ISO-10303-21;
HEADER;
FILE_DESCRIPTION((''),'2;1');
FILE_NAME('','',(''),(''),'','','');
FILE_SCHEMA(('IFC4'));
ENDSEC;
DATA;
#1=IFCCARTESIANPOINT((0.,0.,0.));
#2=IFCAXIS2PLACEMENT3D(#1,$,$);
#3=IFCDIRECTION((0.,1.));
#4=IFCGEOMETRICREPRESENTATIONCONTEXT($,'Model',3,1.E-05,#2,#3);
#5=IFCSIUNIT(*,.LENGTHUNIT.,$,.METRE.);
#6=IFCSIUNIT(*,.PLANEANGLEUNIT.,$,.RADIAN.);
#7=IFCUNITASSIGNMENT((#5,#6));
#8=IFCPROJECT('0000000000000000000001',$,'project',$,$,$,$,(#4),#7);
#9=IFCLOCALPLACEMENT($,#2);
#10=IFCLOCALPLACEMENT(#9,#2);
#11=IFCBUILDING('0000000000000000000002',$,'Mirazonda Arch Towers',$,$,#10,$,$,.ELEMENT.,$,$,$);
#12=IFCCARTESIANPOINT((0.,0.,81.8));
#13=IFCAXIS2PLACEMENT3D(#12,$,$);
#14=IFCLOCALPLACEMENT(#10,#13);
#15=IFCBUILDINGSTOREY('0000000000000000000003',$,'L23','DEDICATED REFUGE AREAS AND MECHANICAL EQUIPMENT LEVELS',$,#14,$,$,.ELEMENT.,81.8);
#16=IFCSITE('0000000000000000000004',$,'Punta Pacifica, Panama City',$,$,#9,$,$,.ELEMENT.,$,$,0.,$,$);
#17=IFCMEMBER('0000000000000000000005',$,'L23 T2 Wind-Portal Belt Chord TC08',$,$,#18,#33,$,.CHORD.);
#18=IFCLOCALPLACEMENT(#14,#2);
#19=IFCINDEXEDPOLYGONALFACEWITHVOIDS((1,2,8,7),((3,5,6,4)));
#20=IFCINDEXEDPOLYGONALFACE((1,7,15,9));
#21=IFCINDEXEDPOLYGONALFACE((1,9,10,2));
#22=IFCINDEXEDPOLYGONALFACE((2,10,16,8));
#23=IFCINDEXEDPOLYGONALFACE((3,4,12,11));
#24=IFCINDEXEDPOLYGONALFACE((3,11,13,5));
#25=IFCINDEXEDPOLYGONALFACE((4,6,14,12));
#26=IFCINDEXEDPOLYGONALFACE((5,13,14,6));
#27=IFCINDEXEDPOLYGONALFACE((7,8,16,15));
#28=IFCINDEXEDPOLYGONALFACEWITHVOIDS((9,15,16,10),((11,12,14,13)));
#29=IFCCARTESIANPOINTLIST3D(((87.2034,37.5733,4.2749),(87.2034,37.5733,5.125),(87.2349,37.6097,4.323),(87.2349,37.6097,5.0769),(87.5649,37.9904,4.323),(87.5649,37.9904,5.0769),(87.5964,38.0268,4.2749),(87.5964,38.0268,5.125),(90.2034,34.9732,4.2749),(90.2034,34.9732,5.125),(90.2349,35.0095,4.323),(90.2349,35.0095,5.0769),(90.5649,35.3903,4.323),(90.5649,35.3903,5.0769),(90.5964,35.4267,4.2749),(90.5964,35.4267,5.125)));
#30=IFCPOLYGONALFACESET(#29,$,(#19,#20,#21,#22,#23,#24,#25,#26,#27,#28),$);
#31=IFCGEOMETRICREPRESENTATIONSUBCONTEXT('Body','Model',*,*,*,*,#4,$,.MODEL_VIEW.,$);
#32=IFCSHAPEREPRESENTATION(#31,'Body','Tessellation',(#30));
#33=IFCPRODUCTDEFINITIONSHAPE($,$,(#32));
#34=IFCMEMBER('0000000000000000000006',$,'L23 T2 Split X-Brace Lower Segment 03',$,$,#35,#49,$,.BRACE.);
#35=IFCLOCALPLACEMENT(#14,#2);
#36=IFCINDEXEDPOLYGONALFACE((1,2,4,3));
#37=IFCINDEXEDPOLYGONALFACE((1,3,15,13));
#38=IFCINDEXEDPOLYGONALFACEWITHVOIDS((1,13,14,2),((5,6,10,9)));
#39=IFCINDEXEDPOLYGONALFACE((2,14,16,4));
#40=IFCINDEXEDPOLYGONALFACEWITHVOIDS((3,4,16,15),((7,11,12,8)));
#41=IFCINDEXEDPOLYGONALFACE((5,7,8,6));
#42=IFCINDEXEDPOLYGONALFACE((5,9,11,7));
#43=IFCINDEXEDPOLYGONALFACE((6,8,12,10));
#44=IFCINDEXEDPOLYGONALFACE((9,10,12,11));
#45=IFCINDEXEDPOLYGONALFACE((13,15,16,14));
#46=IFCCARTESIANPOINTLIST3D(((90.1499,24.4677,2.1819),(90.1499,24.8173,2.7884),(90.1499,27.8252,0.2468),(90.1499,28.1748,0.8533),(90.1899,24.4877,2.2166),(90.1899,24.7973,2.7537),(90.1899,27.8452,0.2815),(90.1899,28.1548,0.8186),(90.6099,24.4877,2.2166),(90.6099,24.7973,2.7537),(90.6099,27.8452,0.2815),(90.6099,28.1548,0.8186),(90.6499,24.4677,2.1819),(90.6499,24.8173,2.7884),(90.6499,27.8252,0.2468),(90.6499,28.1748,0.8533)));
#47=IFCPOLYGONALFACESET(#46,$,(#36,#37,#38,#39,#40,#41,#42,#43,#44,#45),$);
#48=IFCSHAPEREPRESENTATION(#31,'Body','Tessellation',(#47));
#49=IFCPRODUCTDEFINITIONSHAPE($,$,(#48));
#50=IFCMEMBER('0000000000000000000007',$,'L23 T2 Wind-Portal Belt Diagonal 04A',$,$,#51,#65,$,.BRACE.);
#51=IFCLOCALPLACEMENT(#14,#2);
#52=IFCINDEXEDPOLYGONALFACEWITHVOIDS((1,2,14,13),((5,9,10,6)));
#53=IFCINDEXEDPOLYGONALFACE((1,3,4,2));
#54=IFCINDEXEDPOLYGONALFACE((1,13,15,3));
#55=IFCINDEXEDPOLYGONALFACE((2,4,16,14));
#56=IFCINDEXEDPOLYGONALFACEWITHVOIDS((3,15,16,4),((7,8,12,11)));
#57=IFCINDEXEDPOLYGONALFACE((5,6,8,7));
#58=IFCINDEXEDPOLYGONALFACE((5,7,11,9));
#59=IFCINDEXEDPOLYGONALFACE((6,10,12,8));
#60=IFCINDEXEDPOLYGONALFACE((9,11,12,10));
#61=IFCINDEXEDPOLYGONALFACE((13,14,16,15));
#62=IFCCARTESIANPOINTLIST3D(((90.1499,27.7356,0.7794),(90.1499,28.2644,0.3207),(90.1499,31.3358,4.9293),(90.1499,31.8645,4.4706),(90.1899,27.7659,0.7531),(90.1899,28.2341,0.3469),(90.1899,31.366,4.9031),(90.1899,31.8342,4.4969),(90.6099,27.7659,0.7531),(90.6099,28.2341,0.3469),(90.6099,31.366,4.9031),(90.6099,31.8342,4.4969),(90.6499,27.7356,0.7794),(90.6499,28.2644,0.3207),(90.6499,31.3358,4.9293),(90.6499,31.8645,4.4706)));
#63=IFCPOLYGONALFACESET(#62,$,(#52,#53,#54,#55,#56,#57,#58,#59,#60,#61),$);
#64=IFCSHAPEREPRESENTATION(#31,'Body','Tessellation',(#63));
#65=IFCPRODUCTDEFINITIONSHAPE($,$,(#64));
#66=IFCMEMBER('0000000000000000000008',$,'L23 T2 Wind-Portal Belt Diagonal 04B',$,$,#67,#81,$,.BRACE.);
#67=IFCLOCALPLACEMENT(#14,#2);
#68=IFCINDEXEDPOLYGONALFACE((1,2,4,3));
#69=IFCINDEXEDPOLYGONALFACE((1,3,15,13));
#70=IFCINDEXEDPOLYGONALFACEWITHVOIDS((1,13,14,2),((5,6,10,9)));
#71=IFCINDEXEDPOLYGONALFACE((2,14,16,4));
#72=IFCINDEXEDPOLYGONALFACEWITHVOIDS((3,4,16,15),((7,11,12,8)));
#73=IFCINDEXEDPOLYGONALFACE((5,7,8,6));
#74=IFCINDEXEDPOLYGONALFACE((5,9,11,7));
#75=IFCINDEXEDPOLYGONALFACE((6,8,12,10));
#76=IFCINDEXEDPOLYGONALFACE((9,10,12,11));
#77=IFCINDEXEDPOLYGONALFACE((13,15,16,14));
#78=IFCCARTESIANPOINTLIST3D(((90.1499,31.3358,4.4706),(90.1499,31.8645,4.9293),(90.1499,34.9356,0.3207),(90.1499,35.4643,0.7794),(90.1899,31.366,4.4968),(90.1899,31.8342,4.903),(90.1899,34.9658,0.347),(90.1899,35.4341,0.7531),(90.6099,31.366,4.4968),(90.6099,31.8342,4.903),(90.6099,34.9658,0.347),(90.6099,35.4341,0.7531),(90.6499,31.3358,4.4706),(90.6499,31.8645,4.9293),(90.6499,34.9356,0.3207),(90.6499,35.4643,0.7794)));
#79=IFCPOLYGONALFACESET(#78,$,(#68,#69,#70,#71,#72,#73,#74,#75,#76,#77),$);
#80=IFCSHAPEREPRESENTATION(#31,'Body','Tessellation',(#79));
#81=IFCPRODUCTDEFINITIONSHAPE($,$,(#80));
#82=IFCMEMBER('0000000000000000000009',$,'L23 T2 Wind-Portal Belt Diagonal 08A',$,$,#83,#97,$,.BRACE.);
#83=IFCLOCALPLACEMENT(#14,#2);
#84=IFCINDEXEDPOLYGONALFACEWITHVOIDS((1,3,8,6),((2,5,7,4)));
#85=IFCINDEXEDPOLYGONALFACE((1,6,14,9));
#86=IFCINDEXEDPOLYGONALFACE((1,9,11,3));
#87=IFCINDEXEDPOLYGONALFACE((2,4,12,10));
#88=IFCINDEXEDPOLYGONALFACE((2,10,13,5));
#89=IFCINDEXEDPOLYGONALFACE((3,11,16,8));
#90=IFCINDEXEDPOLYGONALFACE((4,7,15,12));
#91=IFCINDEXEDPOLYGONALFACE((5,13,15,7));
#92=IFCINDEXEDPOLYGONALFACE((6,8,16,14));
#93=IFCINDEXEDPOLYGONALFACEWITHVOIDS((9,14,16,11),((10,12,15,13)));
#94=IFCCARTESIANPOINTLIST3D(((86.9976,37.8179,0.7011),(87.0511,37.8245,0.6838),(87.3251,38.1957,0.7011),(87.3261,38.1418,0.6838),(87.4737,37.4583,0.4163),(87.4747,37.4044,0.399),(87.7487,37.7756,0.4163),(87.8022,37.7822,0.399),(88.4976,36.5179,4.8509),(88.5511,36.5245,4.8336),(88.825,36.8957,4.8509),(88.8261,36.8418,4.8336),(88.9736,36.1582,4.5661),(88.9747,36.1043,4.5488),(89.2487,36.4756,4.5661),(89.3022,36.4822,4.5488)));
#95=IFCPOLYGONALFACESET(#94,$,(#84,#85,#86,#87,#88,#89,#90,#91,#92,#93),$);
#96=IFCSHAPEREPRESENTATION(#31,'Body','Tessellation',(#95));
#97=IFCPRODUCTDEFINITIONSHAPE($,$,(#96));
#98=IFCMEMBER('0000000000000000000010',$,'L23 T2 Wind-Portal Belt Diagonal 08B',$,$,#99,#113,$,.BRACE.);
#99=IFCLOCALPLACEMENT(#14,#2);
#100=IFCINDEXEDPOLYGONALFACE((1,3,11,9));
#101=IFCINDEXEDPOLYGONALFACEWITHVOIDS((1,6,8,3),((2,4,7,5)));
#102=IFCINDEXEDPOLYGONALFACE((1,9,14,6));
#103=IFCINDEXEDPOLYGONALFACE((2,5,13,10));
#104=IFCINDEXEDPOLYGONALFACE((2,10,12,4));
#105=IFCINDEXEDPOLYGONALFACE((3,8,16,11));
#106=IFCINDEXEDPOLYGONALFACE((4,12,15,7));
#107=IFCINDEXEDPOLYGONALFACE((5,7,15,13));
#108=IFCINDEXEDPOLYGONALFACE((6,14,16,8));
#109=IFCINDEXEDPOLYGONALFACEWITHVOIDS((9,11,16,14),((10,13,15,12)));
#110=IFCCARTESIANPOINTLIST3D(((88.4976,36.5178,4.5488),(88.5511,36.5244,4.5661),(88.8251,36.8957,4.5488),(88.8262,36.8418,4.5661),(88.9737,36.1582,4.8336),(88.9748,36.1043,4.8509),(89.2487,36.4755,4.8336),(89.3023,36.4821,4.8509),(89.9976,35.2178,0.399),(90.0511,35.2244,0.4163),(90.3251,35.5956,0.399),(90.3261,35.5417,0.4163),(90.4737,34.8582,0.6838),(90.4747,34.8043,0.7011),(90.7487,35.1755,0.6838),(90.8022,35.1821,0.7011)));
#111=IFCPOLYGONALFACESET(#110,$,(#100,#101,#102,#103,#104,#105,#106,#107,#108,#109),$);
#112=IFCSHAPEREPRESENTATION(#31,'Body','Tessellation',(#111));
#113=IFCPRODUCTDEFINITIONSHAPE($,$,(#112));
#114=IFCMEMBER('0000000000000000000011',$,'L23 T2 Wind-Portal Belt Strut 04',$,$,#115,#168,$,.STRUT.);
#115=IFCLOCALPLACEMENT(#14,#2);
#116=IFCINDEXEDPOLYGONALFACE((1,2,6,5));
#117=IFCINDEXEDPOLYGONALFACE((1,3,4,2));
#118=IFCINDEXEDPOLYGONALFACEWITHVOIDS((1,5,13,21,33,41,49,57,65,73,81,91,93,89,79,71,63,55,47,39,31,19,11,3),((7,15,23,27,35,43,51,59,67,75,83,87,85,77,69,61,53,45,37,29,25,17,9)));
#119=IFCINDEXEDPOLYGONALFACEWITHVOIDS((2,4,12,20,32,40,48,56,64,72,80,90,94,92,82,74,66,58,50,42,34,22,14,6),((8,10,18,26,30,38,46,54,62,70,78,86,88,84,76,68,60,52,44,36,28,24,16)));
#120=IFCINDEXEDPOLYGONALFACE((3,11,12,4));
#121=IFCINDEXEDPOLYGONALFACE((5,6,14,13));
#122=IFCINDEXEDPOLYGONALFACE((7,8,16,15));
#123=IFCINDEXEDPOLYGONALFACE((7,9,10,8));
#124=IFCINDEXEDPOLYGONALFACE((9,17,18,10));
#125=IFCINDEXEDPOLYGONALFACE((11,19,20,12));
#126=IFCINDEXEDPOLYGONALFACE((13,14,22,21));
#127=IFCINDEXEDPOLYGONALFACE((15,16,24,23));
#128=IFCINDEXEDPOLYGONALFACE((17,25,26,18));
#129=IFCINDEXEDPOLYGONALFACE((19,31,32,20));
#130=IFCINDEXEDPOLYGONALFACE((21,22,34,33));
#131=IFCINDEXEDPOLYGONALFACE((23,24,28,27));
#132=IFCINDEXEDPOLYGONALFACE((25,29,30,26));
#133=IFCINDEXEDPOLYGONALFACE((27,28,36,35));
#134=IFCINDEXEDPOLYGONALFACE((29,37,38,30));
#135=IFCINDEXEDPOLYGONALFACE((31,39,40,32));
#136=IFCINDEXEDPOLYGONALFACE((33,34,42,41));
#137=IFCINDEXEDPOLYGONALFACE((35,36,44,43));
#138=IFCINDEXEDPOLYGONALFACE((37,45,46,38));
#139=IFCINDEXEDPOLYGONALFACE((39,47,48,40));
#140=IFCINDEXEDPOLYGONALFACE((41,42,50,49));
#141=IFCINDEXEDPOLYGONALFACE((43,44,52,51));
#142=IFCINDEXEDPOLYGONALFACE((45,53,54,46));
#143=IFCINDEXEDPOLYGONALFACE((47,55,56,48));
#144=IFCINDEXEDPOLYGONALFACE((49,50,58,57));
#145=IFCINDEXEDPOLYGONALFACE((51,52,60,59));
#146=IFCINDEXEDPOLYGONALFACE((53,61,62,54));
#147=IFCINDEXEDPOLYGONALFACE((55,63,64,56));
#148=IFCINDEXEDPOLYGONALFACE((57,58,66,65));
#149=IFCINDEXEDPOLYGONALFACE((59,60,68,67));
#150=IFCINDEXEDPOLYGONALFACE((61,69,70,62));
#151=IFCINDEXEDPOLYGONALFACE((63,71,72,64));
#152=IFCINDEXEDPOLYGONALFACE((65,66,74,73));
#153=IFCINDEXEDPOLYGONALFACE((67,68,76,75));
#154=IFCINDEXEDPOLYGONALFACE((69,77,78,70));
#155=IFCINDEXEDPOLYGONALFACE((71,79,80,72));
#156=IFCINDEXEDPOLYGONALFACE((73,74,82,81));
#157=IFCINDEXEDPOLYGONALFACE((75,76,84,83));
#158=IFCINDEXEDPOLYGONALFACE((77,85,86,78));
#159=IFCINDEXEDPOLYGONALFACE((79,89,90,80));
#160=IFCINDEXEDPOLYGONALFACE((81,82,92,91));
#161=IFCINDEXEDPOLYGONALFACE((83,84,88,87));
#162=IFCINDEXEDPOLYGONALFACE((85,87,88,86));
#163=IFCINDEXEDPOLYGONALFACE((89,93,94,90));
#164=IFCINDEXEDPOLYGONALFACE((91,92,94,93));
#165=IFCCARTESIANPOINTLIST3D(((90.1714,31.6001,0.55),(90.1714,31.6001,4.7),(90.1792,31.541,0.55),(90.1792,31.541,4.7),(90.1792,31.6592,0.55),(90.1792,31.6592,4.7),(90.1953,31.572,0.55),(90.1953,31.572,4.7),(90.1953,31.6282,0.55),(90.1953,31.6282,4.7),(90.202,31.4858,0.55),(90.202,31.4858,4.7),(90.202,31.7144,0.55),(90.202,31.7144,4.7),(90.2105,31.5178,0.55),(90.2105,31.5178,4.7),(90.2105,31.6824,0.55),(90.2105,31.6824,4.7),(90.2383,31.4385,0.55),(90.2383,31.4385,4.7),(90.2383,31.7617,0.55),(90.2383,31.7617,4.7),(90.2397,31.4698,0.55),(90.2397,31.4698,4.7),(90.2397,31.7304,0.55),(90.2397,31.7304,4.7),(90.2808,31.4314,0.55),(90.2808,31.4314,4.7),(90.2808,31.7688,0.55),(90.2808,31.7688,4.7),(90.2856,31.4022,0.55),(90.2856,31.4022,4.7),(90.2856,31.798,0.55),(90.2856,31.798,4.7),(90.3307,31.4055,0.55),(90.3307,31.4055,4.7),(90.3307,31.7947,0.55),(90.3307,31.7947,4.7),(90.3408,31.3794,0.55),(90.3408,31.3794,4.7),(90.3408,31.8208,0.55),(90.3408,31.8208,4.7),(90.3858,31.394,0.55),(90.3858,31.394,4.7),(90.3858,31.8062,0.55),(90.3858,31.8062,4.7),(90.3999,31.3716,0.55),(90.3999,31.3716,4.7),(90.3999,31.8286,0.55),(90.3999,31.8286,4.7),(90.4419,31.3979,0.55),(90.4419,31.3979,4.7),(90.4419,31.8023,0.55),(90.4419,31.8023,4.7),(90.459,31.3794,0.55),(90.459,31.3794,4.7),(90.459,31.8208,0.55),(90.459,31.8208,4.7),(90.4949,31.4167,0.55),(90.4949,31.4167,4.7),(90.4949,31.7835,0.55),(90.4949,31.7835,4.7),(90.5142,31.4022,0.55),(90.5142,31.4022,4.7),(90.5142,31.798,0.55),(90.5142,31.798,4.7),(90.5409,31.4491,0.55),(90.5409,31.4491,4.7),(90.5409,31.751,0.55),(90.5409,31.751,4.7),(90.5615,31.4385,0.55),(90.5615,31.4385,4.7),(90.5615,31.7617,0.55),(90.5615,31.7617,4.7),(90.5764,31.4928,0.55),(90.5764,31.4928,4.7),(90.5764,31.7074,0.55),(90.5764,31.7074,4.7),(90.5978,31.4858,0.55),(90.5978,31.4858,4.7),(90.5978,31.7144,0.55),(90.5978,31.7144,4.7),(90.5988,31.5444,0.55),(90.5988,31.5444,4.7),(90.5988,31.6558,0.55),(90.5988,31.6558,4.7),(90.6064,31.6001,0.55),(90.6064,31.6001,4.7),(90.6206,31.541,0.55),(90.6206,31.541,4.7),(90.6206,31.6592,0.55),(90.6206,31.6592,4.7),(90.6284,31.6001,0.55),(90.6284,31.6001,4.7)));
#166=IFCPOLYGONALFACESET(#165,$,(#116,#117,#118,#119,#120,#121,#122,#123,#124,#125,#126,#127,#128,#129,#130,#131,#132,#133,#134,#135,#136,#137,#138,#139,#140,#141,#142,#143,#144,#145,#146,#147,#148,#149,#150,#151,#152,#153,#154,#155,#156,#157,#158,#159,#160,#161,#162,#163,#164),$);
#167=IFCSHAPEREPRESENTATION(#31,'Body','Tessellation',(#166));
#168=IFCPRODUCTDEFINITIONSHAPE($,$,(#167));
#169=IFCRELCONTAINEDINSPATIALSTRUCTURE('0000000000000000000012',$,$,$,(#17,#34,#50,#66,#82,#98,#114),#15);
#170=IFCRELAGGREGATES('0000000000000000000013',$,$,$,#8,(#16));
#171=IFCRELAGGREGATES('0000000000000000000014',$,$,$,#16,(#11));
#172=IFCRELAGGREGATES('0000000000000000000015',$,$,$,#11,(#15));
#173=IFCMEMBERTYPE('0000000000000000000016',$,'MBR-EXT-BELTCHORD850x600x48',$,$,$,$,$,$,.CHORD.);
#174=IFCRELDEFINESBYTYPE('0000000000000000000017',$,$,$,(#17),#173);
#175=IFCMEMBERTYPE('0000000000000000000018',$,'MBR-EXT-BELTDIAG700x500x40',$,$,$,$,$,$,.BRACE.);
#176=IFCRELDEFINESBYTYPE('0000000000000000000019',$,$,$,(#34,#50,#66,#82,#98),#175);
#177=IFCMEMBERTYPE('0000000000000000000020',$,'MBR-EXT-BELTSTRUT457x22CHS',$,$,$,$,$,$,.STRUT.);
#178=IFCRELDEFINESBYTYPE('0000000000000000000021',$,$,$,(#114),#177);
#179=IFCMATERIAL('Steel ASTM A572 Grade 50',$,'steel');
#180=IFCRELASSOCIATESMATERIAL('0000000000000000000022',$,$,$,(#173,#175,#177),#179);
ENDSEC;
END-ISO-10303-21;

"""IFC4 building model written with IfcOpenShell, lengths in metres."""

from ifc_helpers import new_model, si_unit, direction, frame, origin, origin_2d, place, context, subcontext, project, spatial, hollow_rectangle, hollow_circle, extrude, material, material_profile, profile_set, type_object, element, save


model = new_model("IFC4")

# Units and contexts
model_context = context("Model", 3, precision=1e-05, world=origin(), true_north=direction((0.0, 1.0)))
body_context = subcontext(model_context, "Body", "Model", "MODEL_VIEW")
ifc_project = project(units=[si_unit("LENGTHUNIT", "METRE"), si_unit("PLANEANGLEUNIT", "RADIAN")], contexts=[model_context])

# Site, building, storey
site_placement = place(None, origin())
site = spatial("IfcSite", under=ifc_project, at=site_placement, Name="Punta Pacifica, Panama City", CompositionType="ELEMENT", RefElevation=0.0)
building_placement = place(site_placement, origin())
building = spatial("IfcBuilding", under=site, at=building_placement, Name="Mirazonda Arch Towers", CompositionType="ELEMENT")
storey_placement = place(building_placement, frame((0.0, 0.0, 81.8)))
storey = spatial("IfcBuildingStorey", under=building, at=storey_placement, Name="L23", Description="DEDICATED REFUGE AREAS AND MECHANICAL EQUIPMENT LEVELS", CompositionType="ELEMENT", Elevation=81.8)

# Shared definitions
ifc_material_1 = material(Name="Steel ASTM A572 Grade 50", Category="steel")

# Members
ifc_material_profile_1 = material_profile(ifc_material_1, hollow_rectangle(XDim=0.6001, YDim=0.8501, WallThickness=0.0481, at=origin_2d()), Name="BELTCHORD850x600x48")
ifc_profile_set_1 = profile_set([ifc_material_profile_1], Name="Steel ASTM A572 Grade 50")
member_type_1 = type_object("IfcMemberType", Name="MBR-EXT-BELTCHORD850x600x48", PredefinedType="CHORD", material=ifc_profile_set_1)
for number, where, z_axis, x_axis, name in (
    (1, (87.3999, 37.8, 4.7), (0.755677, -0.654945, 0.0), (0.654945, 0.755677, 0.0), "L23 T2 Wind-Portal Belt Chord TC08"),
):
    element("IfcMember", number, at=place(storey_placement, frame(where, z_axis=z_axis, x_axis=x_axis)), inside=storey, type_object=member_type_1, Name=name, PredefinedType="CHORD", context=body_context, shape_type="SweptSolid", body=[
        extrude(hollow_rectangle(XDim=0.6001, YDim=0.8501, WallThickness=0.0481, at=origin_2d()), origin(), (0.0, 0.0, 1.0), 3.97),
    ])
ifc_material_profile_2 = material_profile(ifc_material_1, hollow_rectangle(XDim=0.5, YDim=0.7, WallThickness=0.04, at=origin_2d()), Name="BELTDIAG700x500x40")
ifc_profile_set_2 = profile_set([ifc_material_profile_2], Name="Steel ASTM A572 Grade 50")
member_type_2 = type_object("IfcMemberType", Name="MBR-EXT-BELTDIAG700x500x40", PredefinedType="BRACE", material=ifc_profile_set_2)
member_1_placement = place(storey_placement, frame((90.3999, 28.0, 0.55), z_axis=(0.0, -0.866399, 0.499352), x_axis=(1.0, 0.0, 0.0)))
element("IfcMember", 2, at=member_1_placement, inside=storey, type_object=member_type_2, Name="L23 T2 Split X-Brace Lower Segment 03", PredefinedType="BRACE", context=body_context, shape_type="SweptSolid", body=[
    extrude(hollow_rectangle(XDim=0.5, YDim=0.7, WallThickness=0.04, at=origin_2d()), origin(), (0.0, 0.0, 1.0), 3.8752),
])
member_2_placement = place(storey_placement, frame((90.3999, 28.0, 0.55), z_axis=(0.0, 0.655296, 0.755372), x_axis=(-1.0, 0.0, 0.0)))
element("IfcMember", 3, at=member_2_placement, inside=storey, type_object=member_type_2, Name="L23 T2 Wind-Portal Belt Diagonal 04A", PredefinedType="BRACE", context=body_context, shape_type="SweptSolid", body=[
    extrude(hollow_rectangle(XDim=0.5, YDim=0.7, WallThickness=0.04, at=origin_2d()), origin(), (0.0, 0.0, 1.0), 5.4939),
])
member_3_placement = place(storey_placement, frame((90.3999, 35.2, 0.55), z_axis=(0.0, -0.655271, 0.755394), x_axis=(1.0, 0.0, 0.0)))
element("IfcMember", 4, at=member_3_placement, inside=storey, type_object=member_type_2, Name="L23 T2 Wind-Portal Belt Diagonal 04B", PredefinedType="BRACE", context=body_context, shape_type="SweptSolid", body=[
    extrude(hollow_rectangle(XDim=0.5, YDim=0.7, WallThickness=0.04, at=origin_2d()), origin(), (0.0, 0.0, 1.0), 5.4937),
])
for number, where, z_axis, x_axis, name in (
    (5, (87.3999, 37.8, 0.55), (0.326073, -0.282607, 0.902114), (0.654945, 0.755677, 0.0), "L23 T2 Wind-Portal Belt Diagonal 08A"),
    (6, (90.3999, 35.2, 0.55), (-0.326073, 0.282607, 0.902114), (-0.654945, -0.755677, 0.0), "L23 T2 Wind-Portal Belt Diagonal 08B"),
):
    element("IfcMember", number, at=place(storey_placement, frame(where, z_axis=z_axis, x_axis=x_axis)), inside=storey, type_object=member_type_2, Name=name, PredefinedType="BRACE", context=body_context, shape_type="SweptSolid", body=[
        extrude(hollow_rectangle(XDim=0.5, YDim=0.7, WallThickness=0.04, at=origin_2d()), origin(), (0.0, 0.0, 1.0), 4.6001),
    ])
ifc_material_profile_3 = material_profile(ifc_material_1, hollow_circle(Radius=0.2285, WallThickness=0.022, at=origin_2d()), Name="BELTSTRUT457x22CHS")
ifc_profile_set_3 = profile_set([ifc_material_profile_3], Name="Steel ASTM A572 Grade 50")
member_type_3 = type_object("IfcMemberType", Name="MBR-EXT-BELTSTRUT457x22CHS", PredefinedType="STRUT", material=ifc_profile_set_3)
for number, where, z_axis, x_axis, name in (
    (7, (90.3999, 31.6001, 0.55), (0.0, 0.0, 1.0), (1.0, 0.0, 0.0), "L23 T2 Wind-Portal Belt Strut 04"),
):
    element("IfcMember", number, at=place(storey_placement, frame(where, z_axis=z_axis, x_axis=x_axis)), inside=storey, type_object=member_type_3, Name=name, PredefinedType="STRUT", context=body_context, shape_type="SweptSolid", body=[
        extrude(hollow_circle(Radius=0.2285, WallThickness=0.022, at=origin_2d()), origin(), (0.0, 0.0, 1.0), 4.1499),
    ])

save(model, "model.ifc")
